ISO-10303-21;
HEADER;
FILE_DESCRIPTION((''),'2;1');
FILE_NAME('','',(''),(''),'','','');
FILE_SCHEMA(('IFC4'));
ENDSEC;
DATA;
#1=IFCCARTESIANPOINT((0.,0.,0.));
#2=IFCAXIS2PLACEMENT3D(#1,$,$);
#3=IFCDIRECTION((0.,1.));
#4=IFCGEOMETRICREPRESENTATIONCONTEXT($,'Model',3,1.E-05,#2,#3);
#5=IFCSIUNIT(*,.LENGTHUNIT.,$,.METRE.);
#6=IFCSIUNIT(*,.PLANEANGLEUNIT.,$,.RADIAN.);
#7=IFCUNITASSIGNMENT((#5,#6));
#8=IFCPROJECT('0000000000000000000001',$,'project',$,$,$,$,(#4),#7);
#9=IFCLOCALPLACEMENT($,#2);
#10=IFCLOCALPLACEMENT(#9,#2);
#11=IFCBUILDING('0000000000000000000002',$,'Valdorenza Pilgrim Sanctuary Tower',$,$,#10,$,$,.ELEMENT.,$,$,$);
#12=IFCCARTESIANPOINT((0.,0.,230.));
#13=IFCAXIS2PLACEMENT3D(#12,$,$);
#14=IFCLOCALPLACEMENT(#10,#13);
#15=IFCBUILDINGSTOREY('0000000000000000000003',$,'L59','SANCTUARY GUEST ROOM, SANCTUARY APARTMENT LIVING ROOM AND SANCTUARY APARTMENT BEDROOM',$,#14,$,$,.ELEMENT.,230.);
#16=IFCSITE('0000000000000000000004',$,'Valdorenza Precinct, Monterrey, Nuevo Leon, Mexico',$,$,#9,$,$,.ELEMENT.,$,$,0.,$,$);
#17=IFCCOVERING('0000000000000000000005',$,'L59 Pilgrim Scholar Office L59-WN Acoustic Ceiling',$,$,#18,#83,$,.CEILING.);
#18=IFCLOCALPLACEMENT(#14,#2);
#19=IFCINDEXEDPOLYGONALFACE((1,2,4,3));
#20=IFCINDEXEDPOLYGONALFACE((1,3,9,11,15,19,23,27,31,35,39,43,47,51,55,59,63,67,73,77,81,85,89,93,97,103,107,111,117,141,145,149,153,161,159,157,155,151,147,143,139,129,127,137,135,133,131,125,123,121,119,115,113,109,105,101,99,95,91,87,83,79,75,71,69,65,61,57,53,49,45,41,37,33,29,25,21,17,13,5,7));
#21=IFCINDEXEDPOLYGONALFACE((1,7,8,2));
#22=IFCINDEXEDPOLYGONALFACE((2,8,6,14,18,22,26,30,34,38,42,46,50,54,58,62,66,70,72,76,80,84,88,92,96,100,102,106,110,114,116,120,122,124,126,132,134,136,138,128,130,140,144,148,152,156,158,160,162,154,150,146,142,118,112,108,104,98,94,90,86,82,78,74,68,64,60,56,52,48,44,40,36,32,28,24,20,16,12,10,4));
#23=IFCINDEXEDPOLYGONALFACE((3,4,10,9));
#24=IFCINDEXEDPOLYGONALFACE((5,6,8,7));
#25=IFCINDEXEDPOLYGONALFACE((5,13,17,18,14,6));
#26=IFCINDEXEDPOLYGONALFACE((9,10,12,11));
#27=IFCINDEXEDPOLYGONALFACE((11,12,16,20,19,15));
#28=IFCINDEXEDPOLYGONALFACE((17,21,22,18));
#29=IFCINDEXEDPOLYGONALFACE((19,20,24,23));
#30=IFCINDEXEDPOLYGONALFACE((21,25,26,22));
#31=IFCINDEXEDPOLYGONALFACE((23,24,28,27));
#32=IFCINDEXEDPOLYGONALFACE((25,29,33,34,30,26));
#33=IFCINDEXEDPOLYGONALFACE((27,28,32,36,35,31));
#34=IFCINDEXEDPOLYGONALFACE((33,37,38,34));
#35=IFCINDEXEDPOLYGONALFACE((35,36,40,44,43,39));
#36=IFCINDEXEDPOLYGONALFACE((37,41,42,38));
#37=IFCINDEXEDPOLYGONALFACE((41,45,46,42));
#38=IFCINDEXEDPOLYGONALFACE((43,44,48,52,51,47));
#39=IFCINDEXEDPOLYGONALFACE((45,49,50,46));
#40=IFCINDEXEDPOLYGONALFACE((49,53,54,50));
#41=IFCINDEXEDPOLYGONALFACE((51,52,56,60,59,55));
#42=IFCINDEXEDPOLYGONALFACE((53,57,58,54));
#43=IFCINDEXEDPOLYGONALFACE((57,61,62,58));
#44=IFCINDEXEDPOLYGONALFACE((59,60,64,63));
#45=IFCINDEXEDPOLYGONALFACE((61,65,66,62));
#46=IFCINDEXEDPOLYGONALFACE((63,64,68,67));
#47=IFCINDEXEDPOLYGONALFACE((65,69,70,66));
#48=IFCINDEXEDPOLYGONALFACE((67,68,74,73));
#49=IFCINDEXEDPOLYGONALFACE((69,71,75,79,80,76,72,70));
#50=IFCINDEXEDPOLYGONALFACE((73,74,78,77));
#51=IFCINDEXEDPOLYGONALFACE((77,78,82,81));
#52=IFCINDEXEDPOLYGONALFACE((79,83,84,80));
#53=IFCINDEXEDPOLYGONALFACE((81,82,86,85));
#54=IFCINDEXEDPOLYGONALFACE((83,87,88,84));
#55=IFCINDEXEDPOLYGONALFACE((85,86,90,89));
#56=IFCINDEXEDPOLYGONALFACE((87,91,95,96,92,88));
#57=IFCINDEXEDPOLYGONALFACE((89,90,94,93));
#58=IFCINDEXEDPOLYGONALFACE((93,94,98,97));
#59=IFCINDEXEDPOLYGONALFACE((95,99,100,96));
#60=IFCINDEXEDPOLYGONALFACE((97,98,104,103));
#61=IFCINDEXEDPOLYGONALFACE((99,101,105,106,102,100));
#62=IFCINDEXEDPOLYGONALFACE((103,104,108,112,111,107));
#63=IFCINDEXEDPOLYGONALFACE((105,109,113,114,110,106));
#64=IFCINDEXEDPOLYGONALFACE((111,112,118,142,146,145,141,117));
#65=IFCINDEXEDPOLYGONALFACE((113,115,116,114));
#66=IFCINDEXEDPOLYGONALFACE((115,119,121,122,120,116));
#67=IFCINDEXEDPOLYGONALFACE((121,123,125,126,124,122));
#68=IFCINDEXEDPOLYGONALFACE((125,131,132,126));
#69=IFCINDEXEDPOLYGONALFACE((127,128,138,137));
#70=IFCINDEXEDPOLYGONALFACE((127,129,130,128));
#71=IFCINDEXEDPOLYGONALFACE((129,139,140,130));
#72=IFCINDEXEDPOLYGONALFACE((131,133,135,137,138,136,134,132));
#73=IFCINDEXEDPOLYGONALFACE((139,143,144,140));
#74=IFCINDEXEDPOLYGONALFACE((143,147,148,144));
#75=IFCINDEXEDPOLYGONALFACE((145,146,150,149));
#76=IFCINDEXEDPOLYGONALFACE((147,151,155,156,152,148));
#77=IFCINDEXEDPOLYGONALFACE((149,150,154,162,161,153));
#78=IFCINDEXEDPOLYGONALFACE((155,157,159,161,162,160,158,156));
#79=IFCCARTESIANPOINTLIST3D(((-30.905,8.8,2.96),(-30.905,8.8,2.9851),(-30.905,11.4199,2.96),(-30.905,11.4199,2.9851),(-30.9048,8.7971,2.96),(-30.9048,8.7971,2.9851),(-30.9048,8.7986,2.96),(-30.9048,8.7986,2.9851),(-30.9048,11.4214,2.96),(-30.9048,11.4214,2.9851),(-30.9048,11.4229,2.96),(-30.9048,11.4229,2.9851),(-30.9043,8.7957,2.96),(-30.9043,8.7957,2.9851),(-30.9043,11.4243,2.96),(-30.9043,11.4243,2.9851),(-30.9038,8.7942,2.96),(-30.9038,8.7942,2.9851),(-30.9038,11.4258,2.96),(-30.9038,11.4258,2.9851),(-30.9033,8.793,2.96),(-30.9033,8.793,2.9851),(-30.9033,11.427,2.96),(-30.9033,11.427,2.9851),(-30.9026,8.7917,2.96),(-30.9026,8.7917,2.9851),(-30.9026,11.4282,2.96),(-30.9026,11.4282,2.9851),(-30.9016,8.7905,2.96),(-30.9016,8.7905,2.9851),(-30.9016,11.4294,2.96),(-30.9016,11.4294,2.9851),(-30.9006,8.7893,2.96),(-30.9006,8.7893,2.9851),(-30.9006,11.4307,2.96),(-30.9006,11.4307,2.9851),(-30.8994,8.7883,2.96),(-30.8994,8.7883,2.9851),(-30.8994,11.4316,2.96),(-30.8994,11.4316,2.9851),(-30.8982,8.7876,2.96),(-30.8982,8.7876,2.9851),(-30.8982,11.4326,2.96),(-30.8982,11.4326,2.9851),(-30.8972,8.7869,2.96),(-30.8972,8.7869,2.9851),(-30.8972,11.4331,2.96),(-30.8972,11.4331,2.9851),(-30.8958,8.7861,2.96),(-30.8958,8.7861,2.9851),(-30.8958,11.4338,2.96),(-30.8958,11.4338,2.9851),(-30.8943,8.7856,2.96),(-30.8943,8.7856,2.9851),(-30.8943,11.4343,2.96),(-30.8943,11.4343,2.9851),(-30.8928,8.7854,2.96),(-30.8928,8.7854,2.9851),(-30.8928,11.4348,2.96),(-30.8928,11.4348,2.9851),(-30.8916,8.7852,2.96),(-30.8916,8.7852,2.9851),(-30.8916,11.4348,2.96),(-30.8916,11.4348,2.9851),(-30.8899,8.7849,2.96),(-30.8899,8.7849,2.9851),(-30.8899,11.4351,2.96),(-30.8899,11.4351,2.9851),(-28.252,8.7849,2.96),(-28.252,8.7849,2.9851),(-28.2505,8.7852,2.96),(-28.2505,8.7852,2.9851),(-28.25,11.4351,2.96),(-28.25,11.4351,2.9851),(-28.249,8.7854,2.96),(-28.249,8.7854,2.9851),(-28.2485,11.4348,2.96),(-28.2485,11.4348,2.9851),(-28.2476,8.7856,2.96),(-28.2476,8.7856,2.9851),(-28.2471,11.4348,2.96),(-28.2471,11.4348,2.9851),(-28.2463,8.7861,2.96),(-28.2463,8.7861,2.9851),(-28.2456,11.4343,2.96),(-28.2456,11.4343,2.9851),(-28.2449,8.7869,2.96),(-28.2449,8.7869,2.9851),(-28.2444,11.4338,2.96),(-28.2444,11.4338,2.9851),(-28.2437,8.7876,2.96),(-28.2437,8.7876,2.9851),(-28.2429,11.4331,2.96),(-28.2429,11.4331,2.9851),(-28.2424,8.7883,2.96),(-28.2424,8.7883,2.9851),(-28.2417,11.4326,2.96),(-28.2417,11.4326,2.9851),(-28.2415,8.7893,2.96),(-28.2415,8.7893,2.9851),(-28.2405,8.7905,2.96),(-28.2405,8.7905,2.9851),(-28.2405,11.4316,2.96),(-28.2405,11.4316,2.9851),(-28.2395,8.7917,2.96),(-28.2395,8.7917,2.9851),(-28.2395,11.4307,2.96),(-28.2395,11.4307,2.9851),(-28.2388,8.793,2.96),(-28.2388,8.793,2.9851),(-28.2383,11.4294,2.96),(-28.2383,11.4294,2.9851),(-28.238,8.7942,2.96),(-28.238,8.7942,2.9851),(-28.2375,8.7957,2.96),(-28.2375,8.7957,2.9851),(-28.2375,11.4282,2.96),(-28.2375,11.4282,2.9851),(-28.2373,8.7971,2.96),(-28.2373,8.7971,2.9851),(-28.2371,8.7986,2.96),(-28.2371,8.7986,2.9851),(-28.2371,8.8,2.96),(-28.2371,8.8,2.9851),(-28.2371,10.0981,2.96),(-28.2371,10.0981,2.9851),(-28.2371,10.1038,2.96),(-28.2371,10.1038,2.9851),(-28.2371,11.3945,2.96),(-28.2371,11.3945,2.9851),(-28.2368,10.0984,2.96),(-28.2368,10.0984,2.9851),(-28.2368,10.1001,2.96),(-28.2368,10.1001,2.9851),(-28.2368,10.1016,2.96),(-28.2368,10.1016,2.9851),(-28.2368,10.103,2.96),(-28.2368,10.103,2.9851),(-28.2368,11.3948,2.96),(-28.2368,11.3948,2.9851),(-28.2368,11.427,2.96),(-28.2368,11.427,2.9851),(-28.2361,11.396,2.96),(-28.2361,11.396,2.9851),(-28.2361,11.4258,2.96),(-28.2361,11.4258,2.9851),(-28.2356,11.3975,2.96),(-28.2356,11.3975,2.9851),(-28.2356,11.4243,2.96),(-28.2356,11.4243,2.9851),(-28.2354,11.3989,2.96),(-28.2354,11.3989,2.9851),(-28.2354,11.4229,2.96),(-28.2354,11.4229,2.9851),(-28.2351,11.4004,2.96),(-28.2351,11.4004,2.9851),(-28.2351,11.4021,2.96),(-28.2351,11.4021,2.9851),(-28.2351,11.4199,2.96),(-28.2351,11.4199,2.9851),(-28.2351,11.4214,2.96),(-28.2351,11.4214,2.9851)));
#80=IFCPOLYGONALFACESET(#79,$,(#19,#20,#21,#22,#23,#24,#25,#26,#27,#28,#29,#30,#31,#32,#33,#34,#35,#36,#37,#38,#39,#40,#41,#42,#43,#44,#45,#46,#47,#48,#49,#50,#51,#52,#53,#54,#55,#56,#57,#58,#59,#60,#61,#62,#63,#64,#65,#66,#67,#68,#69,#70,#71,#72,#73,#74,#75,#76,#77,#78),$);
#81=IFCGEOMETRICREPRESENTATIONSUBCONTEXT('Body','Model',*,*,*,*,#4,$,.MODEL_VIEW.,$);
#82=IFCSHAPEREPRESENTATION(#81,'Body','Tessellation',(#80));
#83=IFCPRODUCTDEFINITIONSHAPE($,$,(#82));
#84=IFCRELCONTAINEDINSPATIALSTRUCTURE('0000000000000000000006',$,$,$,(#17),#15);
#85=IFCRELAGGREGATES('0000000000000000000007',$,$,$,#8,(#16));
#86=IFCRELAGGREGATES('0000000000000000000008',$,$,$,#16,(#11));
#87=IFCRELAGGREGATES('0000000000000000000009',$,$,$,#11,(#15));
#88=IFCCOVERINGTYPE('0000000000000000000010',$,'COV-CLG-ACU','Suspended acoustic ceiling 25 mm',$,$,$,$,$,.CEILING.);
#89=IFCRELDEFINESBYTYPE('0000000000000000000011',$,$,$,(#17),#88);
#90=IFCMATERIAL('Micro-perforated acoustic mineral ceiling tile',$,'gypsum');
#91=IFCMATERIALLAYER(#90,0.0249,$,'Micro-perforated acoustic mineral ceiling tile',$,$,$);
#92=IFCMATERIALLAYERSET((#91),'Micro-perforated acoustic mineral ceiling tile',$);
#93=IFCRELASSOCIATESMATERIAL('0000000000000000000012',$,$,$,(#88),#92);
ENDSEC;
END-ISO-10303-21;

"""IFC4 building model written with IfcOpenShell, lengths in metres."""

from ifc_helpers import new_model, si_unit, direction, frame, origin, place, context, subcontext, project, spatial, polyline, outline, extrude, material, layer, layer_set, type_object, element, save


model = new_model("IFC4")

# Units and contexts
model_context = context("Model", 3, precision=1e-05, world=origin(), true_north=direction((0.0, 1.0)))
body_context = subcontext(model_context, "Body", "Model", "MODEL_VIEW")
ifc_project = project(units=[si_unit("LENGTHUNIT", "METRE"), si_unit("PLANEANGLEUNIT", "RADIAN")], contexts=[model_context])

# Site, building, storey
site_placement = place(None, origin())
site = spatial("IfcSite", under=ifc_project, at=site_placement, Name="Valdorenza Precinct, Monterrey, Nuevo Leon, Mexico", CompositionType="ELEMENT", RefElevation=0.0)
building_placement = place(site_placement, origin())
building = spatial("IfcBuilding", under=site, at=building_placement, Name="Valdorenza Pilgrim Sanctuary Tower", CompositionType="ELEMENT")
storey_placement = place(building_placement, frame((0.0, 0.0, 230.0)))
storey = spatial("IfcBuildingStorey", under=building, at=storey_placement, Name="L59", Description="SANCTUARY GUEST ROOM, SANCTUARY APARTMENT LIVING ROOM AND SANCTUARY APARTMENT BEDROOM", CompositionType="ELEMENT", Elevation=230.0)

# Covering
ifc_material_1 = material(Name="Micro-perforated acoustic mineral ceiling tile", Category="gypsum")
ifc_layer_1 = layer(ifc_material_1, 0.0249, Name="Micro-perforated acoustic mineral ceiling tile")
ifc_layer_set_1 = layer_set([ifc_layer_1], Name="Micro-perforated acoustic mineral ceiling tile")
covering_type_1 = type_object("IfcCoveringType", Name="COV-CLG-ACU", Description="Suspended acoustic ceiling 25 mm", PredefinedType="CEILING", material=ifc_layer_set_1)
covering_1_placement = place(storey_placement, frame((0.0, 0.0, 2.96)))
element("IfcCovering", 1, at=covering_1_placement, inside=storey, type_object=covering_type_1, Name="L59 Pilgrim Scholar Office L59-WN Acoustic Ceiling", PredefinedType="CEILING", context=body_context, shape_type="SweptSolid", body=[
    extrude(outline(polyline([(-28.2371, 11.3945), (-28.2371, 10.1038), (-28.2368, 10.103), (-28.2368, 10.1016), (-28.2368, 10.1001), (-28.2368, 10.0984), (-28.2371, 10.0981), (-28.2371, 8.8), (-28.2371, 8.7986), (-28.2373, 8.7971), (-28.2375, 8.7957), (-28.238, 8.7942), (-28.2388, 8.793), (-28.2395, 8.7917), (-28.2405, 8.7905), (-28.2415, 8.7893), (-28.2424, 8.7883), (-28.2437, 8.7876), (-28.2449, 8.7869), (-28.2463, 8.7861), (-28.2476, 8.7856), (-28.249, 8.7854), (-28.2505, 8.7852), (-28.252, 8.7849), (-30.8899, 8.7849), (-30.8916, 8.7852), (-30.8928, 8.7854), (-30.8943, 8.7856), (-30.8958, 8.7861), (-30.8972, 8.7869), (-30.8982, 8.7876), (-30.8994, 8.7883), (-30.9006, 8.7893), (-30.9016, 8.7905), (-30.9026, 8.7917), (-30.9033, 8.793), (-30.9038, 8.7942), (-30.9043, 8.7957), (-30.9048, 8.7971), (-30.9048, 8.7986), (-30.905, 8.8), (-30.905, 11.4199), (-30.9048, 11.4214), (-30.9048, 11.4229), (-30.9043, 11.4243), (-30.9038, 11.4258), (-30.9033, 11.427), (-30.9026, 11.4282), (-30.9016, 11.4294), (-30.9006, 11.4307), (-30.8994, 11.4316), (-30.8982, 11.4326), (-30.8972, 11.4331), (-30.8958, 11.4338), (-30.8943, 11.4343), (-30.8928, 11.4348), (-30.8916, 11.4348), (-30.8899, 11.4351), (-28.25, 11.4351), (-28.2485, 11.4348), (-28.2471, 11.4348), (-28.2456, 11.4343), (-28.2444, 11.4338), (-28.2429, 11.4331), (-28.2417, 11.4326), (-28.2405, 11.4316), (-28.2395, 11.4307), (-28.2383, 11.4294), (-28.2375, 11.4282), (-28.2368, 11.427), (-28.2361, 11.4258), (-28.2356, 11.4243), (-28.2354, 11.4229), (-28.2351, 11.4214), (-28.2351, 11.4199), (-28.2351, 11.4021), (-28.2351, 11.4004), (-28.2354, 11.3989), (-28.2356, 11.3975), (-28.2361, 11.396), (-28.2368, 11.3948), (-28.2371, 11.3945)])), origin(), (0.0, 0.0, 1.0), 0.0251),
])

save(model, "model.ifc")
